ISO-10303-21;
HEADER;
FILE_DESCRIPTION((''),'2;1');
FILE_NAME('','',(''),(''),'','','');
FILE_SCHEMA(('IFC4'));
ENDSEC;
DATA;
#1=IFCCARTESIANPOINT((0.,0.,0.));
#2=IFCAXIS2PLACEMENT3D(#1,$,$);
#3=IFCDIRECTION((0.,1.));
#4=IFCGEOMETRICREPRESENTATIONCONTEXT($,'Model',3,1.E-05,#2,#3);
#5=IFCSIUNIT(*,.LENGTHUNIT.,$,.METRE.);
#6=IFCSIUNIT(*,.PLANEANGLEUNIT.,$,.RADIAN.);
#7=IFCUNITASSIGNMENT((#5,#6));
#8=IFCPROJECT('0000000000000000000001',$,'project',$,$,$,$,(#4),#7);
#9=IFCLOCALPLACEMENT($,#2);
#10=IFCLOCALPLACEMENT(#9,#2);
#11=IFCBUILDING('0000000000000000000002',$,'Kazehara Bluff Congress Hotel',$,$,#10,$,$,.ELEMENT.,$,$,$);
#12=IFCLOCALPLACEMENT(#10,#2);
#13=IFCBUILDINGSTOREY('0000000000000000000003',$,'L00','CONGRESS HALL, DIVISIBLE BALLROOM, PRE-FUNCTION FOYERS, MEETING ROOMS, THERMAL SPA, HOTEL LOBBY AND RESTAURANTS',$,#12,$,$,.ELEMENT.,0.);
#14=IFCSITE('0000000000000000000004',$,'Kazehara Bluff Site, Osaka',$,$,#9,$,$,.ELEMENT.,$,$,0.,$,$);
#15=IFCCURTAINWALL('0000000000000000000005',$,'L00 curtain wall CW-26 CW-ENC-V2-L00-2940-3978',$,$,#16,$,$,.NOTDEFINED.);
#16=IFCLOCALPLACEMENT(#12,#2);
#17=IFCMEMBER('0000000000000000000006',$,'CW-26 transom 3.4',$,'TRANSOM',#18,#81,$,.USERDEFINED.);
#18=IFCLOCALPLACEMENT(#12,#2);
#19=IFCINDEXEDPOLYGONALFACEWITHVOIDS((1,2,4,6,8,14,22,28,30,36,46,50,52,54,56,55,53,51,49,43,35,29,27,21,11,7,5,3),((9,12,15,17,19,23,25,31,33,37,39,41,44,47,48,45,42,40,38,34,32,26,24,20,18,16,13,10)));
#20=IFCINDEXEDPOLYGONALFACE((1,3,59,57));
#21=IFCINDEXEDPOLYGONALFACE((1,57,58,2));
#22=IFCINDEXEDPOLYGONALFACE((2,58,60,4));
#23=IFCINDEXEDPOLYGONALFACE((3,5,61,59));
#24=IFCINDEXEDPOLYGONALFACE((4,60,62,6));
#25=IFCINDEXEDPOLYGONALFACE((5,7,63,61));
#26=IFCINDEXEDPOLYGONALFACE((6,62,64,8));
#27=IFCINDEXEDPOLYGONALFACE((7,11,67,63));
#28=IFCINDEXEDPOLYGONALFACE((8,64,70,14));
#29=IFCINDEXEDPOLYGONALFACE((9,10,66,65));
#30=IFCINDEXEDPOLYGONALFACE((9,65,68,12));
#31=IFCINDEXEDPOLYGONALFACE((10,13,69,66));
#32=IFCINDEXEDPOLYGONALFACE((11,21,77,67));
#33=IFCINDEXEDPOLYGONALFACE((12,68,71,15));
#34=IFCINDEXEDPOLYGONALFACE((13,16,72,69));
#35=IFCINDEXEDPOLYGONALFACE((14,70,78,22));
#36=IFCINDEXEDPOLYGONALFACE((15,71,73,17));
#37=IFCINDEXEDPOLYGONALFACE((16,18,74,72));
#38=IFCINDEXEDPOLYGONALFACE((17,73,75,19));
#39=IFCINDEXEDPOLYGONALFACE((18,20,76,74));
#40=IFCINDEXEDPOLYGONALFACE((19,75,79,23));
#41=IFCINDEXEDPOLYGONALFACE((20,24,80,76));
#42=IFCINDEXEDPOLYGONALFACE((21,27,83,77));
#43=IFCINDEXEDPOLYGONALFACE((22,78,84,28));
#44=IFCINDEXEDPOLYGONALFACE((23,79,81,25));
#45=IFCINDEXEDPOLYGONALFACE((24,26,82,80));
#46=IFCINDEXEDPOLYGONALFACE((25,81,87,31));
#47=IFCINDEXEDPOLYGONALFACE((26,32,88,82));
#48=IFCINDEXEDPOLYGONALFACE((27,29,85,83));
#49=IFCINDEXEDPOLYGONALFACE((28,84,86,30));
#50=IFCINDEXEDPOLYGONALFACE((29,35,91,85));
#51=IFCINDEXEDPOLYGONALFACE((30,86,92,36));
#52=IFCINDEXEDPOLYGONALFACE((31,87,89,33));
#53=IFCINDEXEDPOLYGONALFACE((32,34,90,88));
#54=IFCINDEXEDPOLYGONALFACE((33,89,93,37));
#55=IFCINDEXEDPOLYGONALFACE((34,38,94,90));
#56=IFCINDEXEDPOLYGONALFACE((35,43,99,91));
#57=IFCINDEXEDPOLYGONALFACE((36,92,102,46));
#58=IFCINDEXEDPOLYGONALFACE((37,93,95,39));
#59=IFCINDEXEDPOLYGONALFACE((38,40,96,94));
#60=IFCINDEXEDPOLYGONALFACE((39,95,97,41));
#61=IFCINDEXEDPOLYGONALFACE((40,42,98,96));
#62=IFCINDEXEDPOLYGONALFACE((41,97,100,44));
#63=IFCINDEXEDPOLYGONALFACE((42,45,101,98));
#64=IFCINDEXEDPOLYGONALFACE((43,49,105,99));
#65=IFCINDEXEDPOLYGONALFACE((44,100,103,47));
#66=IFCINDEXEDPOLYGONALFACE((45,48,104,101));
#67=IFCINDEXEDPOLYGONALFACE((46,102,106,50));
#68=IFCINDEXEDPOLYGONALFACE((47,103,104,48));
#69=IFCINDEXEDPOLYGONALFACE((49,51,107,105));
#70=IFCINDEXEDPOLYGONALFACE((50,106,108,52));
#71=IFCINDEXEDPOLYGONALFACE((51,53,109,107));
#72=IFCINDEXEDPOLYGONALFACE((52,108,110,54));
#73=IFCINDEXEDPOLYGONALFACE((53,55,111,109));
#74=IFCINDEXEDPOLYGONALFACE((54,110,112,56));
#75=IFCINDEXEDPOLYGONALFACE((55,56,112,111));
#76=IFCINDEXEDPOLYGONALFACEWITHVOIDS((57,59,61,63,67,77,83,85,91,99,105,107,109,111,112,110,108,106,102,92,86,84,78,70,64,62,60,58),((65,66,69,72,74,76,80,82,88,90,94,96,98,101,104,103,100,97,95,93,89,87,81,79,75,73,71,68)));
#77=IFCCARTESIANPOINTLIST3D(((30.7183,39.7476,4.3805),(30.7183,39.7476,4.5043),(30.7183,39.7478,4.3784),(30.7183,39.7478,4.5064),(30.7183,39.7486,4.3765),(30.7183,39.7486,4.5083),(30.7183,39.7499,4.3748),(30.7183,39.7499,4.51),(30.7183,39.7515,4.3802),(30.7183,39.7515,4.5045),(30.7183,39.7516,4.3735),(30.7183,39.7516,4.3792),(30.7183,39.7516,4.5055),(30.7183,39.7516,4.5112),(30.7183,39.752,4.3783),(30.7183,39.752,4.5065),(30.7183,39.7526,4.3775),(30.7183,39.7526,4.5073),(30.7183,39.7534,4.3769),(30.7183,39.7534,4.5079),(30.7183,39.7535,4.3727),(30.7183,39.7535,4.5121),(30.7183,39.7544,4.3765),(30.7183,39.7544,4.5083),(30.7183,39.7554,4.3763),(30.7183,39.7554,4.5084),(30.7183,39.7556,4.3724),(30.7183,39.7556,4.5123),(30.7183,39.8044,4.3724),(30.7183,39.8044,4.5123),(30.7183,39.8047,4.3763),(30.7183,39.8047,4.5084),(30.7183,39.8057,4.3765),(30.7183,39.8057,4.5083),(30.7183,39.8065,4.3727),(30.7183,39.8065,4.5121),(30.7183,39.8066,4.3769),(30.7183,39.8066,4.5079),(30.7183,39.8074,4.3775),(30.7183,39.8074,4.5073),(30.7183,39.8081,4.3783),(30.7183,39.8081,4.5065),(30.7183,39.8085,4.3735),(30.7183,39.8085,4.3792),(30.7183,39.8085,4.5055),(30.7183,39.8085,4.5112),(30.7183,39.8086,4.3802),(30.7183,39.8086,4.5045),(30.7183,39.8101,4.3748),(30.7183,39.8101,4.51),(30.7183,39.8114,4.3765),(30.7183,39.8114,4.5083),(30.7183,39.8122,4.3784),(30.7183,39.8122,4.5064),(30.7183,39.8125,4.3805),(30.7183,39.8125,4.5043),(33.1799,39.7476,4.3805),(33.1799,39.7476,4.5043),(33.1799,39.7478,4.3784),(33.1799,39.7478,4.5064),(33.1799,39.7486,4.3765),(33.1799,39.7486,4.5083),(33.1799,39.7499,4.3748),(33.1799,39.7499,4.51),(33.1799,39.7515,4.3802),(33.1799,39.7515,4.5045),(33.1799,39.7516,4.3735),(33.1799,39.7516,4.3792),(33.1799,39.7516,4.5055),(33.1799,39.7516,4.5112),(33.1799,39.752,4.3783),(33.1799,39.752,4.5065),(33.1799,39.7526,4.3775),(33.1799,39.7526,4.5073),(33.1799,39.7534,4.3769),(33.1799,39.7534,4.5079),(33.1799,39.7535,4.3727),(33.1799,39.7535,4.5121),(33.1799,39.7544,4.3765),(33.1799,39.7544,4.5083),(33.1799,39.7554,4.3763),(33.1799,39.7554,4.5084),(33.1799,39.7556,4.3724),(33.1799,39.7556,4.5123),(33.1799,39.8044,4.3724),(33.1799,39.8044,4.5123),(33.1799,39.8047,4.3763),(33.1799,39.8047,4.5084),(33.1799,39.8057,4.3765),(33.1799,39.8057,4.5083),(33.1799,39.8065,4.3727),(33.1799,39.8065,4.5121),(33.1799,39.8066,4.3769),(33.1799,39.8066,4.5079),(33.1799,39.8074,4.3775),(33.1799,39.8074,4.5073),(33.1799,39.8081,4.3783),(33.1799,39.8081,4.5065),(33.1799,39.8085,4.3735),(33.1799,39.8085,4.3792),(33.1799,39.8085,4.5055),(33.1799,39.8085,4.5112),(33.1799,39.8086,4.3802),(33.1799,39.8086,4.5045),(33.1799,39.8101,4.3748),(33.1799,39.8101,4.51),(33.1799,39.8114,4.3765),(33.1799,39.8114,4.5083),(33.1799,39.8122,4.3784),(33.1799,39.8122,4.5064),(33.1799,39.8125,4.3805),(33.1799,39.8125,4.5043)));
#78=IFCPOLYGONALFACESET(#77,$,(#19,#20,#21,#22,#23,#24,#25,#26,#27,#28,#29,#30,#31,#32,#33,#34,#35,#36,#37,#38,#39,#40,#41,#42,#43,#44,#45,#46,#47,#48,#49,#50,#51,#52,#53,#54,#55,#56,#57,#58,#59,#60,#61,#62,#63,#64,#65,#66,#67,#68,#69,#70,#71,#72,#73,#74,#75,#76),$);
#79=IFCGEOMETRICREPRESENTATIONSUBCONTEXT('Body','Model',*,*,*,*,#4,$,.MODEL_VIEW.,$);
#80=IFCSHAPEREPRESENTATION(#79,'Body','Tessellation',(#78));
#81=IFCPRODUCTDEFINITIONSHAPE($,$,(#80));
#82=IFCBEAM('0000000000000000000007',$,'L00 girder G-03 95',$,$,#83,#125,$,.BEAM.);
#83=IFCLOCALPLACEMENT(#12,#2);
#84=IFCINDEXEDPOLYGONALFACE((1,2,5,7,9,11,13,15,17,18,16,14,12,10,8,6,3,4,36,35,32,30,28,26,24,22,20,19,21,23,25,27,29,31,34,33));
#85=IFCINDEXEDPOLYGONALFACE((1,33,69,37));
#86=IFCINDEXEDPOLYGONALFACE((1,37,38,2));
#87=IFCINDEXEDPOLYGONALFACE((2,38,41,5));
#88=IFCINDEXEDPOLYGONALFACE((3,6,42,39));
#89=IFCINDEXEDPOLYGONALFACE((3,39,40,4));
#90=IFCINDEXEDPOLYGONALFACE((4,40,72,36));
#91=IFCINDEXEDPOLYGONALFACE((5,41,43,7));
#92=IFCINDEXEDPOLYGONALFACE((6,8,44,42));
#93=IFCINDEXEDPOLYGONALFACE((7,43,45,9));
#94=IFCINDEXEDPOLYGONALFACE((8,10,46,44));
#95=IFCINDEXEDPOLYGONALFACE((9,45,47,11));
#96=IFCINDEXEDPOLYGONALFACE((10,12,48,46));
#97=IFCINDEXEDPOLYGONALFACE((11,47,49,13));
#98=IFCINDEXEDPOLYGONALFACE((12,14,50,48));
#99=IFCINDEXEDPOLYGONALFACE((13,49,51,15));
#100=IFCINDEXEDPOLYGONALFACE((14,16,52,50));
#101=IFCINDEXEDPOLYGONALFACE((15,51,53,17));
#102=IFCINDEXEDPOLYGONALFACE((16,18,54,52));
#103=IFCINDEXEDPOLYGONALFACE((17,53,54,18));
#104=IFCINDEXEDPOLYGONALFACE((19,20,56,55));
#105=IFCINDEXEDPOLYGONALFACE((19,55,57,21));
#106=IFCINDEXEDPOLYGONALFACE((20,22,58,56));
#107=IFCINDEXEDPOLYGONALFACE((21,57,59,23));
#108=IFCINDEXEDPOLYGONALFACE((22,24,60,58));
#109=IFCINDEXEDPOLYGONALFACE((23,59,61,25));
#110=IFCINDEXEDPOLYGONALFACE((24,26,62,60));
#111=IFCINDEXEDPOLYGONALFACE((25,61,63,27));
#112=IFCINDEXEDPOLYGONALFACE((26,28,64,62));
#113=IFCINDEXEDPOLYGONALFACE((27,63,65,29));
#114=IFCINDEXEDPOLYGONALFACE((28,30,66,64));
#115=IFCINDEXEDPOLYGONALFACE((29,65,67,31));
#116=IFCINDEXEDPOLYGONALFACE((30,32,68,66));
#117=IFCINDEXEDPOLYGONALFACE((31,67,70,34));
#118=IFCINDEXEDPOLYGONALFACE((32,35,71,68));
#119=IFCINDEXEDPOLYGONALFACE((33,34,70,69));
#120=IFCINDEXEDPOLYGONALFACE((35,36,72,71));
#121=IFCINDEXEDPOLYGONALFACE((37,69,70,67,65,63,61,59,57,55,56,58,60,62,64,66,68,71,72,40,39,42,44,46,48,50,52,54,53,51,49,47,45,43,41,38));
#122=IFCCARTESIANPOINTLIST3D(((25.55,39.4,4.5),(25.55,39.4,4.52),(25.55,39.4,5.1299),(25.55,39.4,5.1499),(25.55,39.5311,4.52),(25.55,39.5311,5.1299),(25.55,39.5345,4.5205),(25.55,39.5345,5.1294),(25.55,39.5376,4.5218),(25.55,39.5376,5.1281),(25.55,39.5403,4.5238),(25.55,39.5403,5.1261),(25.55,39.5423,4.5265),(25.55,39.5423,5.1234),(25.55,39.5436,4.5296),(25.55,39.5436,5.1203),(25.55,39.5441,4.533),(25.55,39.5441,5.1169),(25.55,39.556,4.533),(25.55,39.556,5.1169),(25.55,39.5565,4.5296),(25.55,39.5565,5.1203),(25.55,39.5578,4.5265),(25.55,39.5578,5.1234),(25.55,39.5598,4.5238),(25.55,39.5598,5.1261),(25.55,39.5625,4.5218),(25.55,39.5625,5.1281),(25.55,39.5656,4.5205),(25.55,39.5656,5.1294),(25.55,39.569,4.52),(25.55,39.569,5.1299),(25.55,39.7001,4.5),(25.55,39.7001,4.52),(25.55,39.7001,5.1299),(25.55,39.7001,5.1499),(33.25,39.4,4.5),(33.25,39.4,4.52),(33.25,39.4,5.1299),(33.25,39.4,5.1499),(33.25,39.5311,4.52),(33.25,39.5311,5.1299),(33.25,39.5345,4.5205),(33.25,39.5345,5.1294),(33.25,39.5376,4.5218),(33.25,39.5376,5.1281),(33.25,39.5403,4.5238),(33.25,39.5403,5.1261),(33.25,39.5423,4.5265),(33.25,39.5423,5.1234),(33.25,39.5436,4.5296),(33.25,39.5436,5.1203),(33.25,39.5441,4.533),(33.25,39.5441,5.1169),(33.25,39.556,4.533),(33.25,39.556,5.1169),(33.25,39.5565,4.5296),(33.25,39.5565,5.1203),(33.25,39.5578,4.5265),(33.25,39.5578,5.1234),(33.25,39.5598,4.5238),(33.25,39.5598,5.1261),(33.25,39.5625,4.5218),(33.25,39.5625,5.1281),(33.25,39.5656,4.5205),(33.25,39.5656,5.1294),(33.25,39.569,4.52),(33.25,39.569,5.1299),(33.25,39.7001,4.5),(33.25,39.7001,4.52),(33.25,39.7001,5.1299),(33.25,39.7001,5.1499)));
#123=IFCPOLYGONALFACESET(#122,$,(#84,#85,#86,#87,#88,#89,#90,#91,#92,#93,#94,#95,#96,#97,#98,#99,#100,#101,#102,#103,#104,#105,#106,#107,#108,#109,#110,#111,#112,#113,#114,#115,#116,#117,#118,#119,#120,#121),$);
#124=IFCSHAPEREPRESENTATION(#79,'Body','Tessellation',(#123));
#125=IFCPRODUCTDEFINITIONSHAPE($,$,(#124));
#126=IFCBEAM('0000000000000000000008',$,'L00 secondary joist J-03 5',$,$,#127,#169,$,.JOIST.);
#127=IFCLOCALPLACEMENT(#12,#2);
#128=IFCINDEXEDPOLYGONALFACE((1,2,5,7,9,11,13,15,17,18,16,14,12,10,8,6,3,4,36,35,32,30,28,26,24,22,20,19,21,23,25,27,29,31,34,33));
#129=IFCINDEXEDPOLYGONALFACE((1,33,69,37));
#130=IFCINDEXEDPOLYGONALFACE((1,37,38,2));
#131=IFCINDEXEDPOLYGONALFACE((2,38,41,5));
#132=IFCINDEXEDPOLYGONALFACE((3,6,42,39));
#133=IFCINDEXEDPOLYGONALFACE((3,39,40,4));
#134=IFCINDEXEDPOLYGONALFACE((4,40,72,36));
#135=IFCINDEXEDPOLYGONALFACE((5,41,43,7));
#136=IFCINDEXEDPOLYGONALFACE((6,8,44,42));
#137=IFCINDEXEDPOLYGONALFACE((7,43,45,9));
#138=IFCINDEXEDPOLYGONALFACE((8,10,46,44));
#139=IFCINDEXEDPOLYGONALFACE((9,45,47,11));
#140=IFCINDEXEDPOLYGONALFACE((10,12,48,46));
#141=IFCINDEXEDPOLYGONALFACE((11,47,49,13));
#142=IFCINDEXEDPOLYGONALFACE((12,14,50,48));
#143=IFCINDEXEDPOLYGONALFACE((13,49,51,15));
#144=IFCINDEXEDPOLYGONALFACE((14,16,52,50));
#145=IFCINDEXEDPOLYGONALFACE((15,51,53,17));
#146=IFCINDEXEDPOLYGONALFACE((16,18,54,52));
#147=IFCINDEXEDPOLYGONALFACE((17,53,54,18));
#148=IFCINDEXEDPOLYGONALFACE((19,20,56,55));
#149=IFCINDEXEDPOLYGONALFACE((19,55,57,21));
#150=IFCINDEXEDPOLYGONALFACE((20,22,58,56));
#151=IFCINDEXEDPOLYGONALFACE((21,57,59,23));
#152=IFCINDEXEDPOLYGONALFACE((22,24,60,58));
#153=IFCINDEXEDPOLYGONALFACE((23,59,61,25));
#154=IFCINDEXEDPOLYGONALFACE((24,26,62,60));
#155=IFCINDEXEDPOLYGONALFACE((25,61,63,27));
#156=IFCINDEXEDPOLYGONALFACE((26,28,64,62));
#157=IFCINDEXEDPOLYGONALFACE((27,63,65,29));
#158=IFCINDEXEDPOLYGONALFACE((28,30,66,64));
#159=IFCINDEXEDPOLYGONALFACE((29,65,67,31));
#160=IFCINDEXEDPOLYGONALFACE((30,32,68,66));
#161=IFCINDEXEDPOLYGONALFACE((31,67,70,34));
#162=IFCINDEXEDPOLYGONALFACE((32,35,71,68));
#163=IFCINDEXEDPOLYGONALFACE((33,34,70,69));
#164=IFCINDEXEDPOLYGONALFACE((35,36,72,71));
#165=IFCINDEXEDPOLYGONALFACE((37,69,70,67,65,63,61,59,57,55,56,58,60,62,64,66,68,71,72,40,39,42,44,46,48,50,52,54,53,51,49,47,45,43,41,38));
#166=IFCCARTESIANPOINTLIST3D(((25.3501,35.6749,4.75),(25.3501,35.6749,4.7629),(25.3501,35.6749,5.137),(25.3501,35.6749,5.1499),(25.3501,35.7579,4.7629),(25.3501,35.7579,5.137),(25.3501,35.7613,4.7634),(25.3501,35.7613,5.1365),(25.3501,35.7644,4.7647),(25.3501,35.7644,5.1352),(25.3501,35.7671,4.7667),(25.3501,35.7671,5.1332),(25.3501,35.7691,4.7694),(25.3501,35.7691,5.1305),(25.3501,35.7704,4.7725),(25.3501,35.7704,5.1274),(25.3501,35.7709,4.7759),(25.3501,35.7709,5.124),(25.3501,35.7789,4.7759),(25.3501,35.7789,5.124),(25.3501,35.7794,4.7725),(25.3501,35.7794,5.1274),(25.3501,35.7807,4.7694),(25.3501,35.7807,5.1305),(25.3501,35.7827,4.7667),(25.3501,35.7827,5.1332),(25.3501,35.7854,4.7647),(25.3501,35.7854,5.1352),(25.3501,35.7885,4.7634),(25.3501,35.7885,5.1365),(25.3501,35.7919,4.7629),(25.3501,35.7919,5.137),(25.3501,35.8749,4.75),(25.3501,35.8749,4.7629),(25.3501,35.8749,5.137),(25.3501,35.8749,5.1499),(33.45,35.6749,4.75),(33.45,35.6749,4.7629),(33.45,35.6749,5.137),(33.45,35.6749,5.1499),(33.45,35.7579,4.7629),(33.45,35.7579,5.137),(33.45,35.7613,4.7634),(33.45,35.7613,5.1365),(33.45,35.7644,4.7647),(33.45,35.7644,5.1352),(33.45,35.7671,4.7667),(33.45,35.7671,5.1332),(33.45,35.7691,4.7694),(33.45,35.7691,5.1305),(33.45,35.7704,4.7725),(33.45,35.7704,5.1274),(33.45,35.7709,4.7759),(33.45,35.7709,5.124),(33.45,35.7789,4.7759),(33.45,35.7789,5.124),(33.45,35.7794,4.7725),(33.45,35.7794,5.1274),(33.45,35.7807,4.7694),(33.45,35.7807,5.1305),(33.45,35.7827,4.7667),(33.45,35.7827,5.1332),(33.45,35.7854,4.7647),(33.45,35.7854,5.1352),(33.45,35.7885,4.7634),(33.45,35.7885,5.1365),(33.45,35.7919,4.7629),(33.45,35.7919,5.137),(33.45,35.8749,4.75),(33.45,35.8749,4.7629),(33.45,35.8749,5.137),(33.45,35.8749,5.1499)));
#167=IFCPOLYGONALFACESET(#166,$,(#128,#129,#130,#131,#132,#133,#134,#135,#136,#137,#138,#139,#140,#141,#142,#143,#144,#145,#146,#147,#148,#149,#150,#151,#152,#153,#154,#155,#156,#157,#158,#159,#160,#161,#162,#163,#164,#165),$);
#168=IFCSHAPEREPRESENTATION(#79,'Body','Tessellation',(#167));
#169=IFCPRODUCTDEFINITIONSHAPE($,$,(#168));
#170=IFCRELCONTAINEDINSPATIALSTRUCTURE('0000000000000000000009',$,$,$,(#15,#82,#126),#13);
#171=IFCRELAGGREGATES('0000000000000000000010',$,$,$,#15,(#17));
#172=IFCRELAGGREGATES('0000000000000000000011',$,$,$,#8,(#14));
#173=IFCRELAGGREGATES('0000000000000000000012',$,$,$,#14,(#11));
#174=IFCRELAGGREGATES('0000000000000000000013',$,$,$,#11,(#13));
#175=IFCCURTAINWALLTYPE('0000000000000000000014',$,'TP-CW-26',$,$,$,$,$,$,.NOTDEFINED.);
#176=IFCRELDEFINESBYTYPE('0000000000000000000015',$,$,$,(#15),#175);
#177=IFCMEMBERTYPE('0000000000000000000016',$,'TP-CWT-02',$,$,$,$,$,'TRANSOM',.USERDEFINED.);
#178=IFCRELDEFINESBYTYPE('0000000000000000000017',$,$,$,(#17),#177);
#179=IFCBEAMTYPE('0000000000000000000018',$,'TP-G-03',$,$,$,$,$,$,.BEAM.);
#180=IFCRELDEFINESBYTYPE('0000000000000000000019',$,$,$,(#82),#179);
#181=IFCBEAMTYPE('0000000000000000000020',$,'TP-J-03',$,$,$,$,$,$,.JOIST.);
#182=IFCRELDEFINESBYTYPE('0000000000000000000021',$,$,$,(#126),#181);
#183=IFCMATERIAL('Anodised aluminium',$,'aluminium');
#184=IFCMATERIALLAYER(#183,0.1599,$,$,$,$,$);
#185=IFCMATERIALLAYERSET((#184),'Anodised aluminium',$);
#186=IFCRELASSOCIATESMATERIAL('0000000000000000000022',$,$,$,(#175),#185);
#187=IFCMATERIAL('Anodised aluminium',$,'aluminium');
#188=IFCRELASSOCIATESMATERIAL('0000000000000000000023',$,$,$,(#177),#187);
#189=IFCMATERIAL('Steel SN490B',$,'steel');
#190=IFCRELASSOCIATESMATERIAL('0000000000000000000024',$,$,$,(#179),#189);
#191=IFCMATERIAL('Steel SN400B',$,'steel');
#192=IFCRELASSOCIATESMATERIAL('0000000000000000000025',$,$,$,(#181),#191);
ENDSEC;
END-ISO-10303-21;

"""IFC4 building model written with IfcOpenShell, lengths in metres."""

from ifc_helpers import new_model, si_unit, direction, frame, origin, origin_2d, place, context, subcontext, project, spatial, hollow_rectangle, i_section, extrude, material, layer, layer_set, material_profile, profile_set, type_object, element, aggregate, save


model = new_model("IFC4")

# Units and contexts
model_context = context("Model", 3, precision=1e-05, world=origin(), true_north=direction((0.0, 1.0)))
body_context = subcontext(model_context, "Body", "Model", "MODEL_VIEW")
ifc_project = project(units=[si_unit("LENGTHUNIT", "METRE"), si_unit("PLANEANGLEUNIT", "RADIAN")], contexts=[model_context])

# Site, building, storey
site_placement = place(None, origin())
site = spatial("IfcSite", under=ifc_project, at=site_placement, Name="Kazehara Bluff Site, Osaka", CompositionType="ELEMENT", RefElevation=0.0)
building_placement = place(site_placement, origin())
building = spatial("IfcBuilding", under=site, at=building_placement, Name="Kazehara Bluff Congress Hotel", CompositionType="ELEMENT")
storey_placement = place(building_placement, origin())
storey = spatial("IfcBuildingStorey", under=building, at=storey_placement, Name="L00", Description="CONGRESS HALL, DIVISIBLE BALLROOM, PRE-FUNCTION FOYERS, MEETING ROOMS, THERMAL SPA, HOTEL LOBBY AND RESTAURANTS", CompositionType="ELEMENT", Elevation=0.0)

# Curtain wall
ifc_material_1 = material(Name="Anodised aluminium", Category="aluminium")
ifc_layer_1 = layer(ifc_material_1, 0.1599)
ifc_layer_set_1 = layer_set([ifc_layer_1], Name="Anodised aluminium")
curtain_wall_type_1 = type_object("IfcCurtainWallType", Name="TP-CW-26", PredefinedType="NOTDEFINED", material=ifc_layer_set_1)
curtain_wall_1_placement = place(storey_placement, origin())
curtain_wall_1 = element("IfcCurtainWall", 1, at=curtain_wall_1_placement, inside=storey, type_object=curtain_wall_type_1, Name="L00 curtain wall CW-26 CW-ENC-V2-L00-2940-3978", PredefinedType="NOTDEFINED")

# Member
ifc_material_2 = material(Name="Anodised aluminium", Category="aluminium")
ifc_material_profile_1 = material_profile(ifc_material_2, hollow_rectangle(XDim=0.0649, YDim=0.1399, WallThickness=0.0039, InnerFilletRadius=0.0039, OuterFilletRadius=0.0081, at=origin_2d()))
ifc_profile_set_1 = profile_set([ifc_material_profile_1], Name="Anodised aluminium")
member_type_1 = type_object("IfcMemberType", Name="TP-CWT-02", ElementType="TRANSOM", PredefinedType="USERDEFINED", material=ifc_profile_set_1)
member_1_placement = place(storey_placement, frame((30.7183, 39.78, 4.4424), z_axis=(1.0, 0.0, 0.0), x_axis=(0.0, 1.0, 0.0)))
member_1 = element("IfcMember", 2, at=member_1_placement, type_object=member_type_1, Name="CW-26 transom 3.4", ObjectType="TRANSOM", PredefinedType="USERDEFINED", context=body_context, shape_type="SweptSolid", body=[
    extrude(hollow_rectangle(XDim=0.0649, YDim=0.1399, WallThickness=0.0039, InnerFilletRadius=0.0039, OuterFilletRadius=0.0081, at=origin_2d()), origin(), (0.0, 0.0, 1.0), 2.4617),
])

# Beams
ifc_material_3 = material(Name="Steel SN490B", Category="steel")
ifc_material_profile_2 = material_profile(ifc_material_3, i_section(OverallWidth=0.3, OverallDepth=0.6499, WebThickness=0.012, FlangeThickness=0.02, FilletRadius=0.0129, at=origin_2d()))
ifc_profile_set_2 = profile_set([ifc_material_profile_2], Name="Steel SN490B")
beam_type_1 = type_object("IfcBeamType", Name="TP-G-03", PredefinedType="BEAM", material=ifc_profile_set_2)
beam_1_placement = place(storey_placement, frame((25.55, 39.55, 4.825), z_axis=(1.0, 0.0, 0.0), x_axis=(0.0, 1.0, 0.0)))
element("IfcBeam", 3, at=beam_1_placement, inside=storey, type_object=beam_type_1, Name="L00 girder G-03 95", PredefinedType="BEAM", context=body_context, shape_type="SweptSolid", body=[
    extrude(i_section(OverallWidth=0.3, OverallDepth=0.6499, WebThickness=0.012, FlangeThickness=0.02, FilletRadius=0.0129, at=origin_2d()), origin(), (0.0, 0.0, 1.0), 7.7),
])
ifc_material_4 = material(Name="Steel SN400B", Category="steel")
ifc_material_profile_3 = material_profile(ifc_material_4, i_section(OverallWidth=0.2, OverallDepth=0.3999, WebThickness=0.0081, FlangeThickness=0.0129, FilletRadius=0.0129, at=origin_2d()))
ifc_profile_set_3 = profile_set([ifc_material_profile_3], Name="Steel SN400B")
beam_type_2 = type_object("IfcBeamType", Name="TP-J-03", PredefinedType="JOIST", material=ifc_profile_set_3)
beam_2_placement = place(storey_placement, frame((25.3501, 35.7749, 4.95), z_axis=(1.0, 0.0, 0.0), x_axis=(0.0, 1.0, 0.0)))
element("IfcBeam", 4, at=beam_2_placement, inside=storey, type_object=beam_type_2, Name="L00 secondary joist J-03 5", PredefinedType="JOIST", context=body_context, shape_type="SweptSolid", body=[
    extrude(i_section(OverallWidth=0.2, OverallDepth=0.3999, WebThickness=0.0081, FlangeThickness=0.0129, FilletRadius=0.0129, at=origin_2d()), origin(), (0.0, 0.0, 1.0), 8.0999),
])

aggregate(curtain_wall_1, [member_1])

save(model, "model.ifc")
